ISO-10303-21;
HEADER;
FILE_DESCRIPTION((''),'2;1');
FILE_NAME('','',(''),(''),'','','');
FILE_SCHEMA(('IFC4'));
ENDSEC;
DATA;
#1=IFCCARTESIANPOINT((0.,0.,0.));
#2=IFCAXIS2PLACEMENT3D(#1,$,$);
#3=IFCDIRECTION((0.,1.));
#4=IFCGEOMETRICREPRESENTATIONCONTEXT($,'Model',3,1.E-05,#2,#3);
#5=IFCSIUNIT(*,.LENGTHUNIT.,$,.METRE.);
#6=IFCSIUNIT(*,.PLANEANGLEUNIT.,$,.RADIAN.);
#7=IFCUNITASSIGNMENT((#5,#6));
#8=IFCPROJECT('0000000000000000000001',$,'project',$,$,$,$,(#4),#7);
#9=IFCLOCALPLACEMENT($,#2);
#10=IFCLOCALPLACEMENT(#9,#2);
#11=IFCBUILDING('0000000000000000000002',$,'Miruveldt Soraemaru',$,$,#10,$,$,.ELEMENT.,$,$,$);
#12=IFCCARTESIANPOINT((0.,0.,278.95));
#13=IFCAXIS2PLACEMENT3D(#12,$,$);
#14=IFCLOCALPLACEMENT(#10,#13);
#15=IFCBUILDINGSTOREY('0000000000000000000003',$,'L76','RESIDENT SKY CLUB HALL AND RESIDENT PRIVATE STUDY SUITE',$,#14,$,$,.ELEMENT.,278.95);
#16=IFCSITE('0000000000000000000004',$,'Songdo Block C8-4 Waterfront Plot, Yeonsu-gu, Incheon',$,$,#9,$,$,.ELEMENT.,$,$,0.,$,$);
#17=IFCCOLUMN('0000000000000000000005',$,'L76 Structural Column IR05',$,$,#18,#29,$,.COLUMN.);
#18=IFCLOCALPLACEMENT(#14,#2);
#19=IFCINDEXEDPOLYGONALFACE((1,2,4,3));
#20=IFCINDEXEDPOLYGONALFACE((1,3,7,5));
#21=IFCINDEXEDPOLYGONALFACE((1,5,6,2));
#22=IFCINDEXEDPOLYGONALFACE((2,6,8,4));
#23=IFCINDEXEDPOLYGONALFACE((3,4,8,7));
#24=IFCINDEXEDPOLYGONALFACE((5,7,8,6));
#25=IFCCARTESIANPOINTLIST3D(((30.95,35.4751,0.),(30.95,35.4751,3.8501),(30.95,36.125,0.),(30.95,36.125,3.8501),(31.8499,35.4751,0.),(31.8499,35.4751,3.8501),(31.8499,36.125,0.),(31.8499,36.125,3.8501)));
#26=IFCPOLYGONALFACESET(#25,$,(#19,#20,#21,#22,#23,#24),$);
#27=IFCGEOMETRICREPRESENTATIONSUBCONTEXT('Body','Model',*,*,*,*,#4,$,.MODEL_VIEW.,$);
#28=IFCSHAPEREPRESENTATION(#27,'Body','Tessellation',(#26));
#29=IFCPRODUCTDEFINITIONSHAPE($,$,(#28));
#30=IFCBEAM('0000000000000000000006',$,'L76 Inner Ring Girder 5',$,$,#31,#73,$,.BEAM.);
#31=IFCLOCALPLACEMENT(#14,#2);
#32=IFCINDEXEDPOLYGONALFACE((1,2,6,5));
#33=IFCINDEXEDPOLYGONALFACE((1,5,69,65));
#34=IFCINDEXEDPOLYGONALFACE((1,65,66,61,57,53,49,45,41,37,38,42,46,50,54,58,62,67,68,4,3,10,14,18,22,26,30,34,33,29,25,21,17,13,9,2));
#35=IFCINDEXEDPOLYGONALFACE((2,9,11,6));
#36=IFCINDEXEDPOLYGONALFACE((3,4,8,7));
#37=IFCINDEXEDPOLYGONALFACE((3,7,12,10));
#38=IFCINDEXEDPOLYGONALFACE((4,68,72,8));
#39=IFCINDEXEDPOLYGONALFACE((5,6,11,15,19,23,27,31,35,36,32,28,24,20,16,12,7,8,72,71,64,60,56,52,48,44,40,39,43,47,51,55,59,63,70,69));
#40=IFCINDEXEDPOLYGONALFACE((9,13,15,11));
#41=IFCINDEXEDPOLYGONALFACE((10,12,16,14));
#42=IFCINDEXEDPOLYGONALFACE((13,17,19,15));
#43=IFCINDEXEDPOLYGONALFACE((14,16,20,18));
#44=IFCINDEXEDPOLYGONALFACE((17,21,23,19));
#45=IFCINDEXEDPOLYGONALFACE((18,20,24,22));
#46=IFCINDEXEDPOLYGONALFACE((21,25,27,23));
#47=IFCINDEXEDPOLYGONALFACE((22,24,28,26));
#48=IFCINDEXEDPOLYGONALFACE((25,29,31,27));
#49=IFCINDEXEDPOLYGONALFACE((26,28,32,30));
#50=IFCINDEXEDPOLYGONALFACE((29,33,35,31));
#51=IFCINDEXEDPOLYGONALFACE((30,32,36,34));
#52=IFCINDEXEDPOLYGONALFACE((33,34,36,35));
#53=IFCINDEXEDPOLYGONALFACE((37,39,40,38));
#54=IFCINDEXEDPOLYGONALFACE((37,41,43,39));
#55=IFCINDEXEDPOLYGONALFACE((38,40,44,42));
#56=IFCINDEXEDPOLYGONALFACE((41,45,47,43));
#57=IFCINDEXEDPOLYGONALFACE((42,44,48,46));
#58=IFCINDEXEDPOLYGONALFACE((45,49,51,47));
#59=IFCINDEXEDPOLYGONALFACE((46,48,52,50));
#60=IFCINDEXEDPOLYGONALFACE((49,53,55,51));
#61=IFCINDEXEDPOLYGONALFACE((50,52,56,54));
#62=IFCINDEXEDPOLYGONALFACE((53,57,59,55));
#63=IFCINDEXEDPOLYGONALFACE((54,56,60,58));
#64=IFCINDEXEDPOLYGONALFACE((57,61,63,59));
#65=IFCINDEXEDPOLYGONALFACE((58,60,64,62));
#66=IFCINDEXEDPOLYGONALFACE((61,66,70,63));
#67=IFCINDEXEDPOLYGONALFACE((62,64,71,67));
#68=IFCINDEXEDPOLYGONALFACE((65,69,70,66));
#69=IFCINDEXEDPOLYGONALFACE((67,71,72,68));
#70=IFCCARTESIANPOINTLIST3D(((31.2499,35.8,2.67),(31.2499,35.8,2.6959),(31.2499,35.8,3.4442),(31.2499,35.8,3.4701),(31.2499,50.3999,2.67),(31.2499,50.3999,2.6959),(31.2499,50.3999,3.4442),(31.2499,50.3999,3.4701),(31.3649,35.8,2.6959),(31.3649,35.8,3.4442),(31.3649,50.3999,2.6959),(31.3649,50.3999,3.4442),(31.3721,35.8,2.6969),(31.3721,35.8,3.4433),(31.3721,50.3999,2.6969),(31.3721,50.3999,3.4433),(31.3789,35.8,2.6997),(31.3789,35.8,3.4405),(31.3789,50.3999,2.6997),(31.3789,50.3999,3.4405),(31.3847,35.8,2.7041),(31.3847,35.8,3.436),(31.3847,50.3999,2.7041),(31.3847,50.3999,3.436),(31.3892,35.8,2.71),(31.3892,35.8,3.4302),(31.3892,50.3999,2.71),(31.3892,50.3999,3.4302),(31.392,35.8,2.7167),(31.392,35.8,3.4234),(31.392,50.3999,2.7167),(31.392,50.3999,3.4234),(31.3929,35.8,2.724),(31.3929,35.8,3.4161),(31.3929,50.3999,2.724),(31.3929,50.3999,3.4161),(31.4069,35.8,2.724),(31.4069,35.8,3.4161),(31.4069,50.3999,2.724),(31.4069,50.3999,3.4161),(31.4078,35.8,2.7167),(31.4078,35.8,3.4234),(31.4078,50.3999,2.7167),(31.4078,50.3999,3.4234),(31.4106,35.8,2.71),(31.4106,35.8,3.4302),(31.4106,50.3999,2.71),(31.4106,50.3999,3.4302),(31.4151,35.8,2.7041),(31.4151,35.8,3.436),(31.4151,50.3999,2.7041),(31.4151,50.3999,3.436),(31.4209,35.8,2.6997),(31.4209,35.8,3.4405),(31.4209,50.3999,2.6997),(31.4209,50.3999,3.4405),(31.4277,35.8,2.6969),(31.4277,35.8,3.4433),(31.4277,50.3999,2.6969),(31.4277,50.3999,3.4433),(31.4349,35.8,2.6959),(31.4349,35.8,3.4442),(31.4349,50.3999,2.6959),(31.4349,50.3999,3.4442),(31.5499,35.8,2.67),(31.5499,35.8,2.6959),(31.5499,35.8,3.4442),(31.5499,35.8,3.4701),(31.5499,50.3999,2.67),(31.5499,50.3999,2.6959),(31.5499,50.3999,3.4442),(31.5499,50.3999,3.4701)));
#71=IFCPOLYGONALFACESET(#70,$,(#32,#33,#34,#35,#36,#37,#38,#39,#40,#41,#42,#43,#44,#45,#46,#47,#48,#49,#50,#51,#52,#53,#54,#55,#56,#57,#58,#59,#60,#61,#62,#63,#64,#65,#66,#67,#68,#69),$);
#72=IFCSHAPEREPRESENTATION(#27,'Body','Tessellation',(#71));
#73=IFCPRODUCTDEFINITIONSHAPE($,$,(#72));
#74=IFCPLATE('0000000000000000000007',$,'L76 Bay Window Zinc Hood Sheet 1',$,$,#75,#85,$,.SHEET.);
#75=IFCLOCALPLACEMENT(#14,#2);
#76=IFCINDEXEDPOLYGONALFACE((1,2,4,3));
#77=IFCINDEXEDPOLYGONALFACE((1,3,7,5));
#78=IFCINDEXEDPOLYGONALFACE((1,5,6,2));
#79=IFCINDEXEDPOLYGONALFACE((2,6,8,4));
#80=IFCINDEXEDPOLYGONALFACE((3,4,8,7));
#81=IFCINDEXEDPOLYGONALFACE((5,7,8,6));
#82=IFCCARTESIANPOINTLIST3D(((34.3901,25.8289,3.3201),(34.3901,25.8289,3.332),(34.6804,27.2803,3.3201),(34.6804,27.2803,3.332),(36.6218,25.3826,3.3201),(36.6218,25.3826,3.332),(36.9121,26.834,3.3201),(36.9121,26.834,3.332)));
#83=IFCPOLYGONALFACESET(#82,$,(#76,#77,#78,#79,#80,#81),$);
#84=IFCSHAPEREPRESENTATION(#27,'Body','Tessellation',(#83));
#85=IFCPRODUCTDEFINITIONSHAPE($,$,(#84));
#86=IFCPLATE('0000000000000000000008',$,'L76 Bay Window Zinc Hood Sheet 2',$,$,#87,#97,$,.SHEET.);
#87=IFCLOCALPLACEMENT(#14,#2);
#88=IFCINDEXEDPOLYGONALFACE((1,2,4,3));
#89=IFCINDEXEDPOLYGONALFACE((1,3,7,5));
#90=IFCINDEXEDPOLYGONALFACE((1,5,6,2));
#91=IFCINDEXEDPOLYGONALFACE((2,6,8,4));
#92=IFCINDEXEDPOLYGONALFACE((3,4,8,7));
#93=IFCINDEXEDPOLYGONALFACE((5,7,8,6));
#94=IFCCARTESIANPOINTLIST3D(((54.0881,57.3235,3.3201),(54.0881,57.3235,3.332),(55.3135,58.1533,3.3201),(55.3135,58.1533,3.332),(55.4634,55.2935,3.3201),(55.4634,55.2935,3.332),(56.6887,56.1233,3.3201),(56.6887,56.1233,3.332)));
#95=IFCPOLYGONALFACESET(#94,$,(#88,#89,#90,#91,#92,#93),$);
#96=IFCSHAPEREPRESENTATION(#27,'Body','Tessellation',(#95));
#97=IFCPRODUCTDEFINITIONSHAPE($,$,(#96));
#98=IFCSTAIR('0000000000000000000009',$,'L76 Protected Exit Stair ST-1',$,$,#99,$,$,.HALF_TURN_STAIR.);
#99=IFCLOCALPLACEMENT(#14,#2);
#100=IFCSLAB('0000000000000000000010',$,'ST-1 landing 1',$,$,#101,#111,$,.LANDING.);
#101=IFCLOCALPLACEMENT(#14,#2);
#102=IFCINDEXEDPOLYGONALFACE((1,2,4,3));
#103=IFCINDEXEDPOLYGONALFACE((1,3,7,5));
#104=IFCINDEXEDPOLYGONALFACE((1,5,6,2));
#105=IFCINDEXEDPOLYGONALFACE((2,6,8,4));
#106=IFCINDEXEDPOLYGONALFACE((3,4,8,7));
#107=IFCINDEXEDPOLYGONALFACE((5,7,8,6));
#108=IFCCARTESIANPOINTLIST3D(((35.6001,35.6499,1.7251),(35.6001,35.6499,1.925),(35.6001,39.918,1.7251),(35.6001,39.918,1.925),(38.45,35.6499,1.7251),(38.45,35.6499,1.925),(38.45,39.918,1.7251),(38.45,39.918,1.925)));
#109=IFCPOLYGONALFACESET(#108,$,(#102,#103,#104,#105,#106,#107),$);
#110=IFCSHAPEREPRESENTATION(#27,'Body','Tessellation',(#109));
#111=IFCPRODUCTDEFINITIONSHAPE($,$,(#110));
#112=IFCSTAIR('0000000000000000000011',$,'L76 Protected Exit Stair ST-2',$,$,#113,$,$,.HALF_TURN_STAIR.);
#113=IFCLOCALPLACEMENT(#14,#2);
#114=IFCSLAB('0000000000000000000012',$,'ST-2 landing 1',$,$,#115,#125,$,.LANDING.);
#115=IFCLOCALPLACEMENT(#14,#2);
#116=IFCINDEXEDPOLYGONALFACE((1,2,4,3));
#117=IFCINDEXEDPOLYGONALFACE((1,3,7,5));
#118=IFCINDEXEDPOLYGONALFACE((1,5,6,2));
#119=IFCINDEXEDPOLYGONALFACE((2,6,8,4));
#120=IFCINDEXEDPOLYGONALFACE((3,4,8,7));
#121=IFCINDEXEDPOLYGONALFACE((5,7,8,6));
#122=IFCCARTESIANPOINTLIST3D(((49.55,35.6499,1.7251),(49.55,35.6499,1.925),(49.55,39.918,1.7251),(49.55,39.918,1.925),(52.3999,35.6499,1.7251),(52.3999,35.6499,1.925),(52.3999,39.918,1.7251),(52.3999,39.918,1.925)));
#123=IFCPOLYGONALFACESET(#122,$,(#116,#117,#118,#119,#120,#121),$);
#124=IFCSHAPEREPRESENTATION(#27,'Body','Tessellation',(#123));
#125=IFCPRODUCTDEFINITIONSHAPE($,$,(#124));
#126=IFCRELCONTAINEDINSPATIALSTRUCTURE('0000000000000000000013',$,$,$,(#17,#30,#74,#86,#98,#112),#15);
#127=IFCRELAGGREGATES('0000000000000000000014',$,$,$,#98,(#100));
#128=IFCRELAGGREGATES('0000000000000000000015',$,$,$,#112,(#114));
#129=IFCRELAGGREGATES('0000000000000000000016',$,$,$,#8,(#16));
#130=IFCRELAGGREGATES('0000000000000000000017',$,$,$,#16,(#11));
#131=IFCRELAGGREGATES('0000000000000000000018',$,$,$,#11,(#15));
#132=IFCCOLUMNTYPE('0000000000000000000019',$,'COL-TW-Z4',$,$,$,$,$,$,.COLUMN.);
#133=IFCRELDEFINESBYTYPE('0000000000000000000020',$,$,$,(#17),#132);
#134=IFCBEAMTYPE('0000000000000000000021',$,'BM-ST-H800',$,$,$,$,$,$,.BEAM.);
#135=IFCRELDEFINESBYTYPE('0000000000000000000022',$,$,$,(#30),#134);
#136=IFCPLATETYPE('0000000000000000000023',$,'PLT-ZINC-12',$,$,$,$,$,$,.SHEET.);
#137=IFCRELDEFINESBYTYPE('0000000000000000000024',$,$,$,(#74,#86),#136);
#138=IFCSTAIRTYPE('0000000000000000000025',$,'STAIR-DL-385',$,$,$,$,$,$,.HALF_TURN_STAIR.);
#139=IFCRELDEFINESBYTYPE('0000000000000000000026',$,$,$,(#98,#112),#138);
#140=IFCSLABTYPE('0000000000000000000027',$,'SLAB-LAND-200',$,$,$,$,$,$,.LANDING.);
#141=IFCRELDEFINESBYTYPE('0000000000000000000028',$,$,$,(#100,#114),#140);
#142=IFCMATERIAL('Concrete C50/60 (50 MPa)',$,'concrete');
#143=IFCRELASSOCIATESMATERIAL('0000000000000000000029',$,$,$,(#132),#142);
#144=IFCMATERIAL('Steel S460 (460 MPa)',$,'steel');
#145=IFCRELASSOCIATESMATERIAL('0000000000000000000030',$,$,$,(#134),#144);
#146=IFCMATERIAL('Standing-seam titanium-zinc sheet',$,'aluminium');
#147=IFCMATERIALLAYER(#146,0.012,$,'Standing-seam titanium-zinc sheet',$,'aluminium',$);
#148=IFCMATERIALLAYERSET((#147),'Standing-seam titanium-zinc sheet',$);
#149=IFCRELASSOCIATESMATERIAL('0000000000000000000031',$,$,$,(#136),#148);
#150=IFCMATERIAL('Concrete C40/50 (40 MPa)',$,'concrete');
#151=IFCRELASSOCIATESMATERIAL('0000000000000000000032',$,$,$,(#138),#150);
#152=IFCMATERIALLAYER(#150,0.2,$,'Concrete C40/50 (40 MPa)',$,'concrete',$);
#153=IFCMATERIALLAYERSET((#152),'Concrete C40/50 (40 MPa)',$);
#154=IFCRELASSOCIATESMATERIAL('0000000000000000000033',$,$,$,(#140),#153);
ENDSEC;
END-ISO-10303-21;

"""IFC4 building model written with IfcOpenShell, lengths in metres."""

from ifc_helpers import new_model, si_unit, direction, frame, origin, origin_2d, place, context, subcontext, project, spatial, polyline, rectangle, i_section, outline, extrude, material, layer, layer_set, material_profile, profile_set, type_object, element, aggregate, save


model = new_model("IFC4")

# Units and contexts
model_context = context("Model", 3, precision=1e-05, world=origin(), true_north=direction((0.0, 1.0)))
body_context = subcontext(model_context, "Body", "Model", "MODEL_VIEW")
ifc_project = project(units=[si_unit("LENGTHUNIT", "METRE"), si_unit("PLANEANGLEUNIT", "RADIAN")], contexts=[model_context])

# Site, building, storey
site_placement = place(None, origin())
site = spatial("IfcSite", under=ifc_project, at=site_placement, Name="Songdo Block C8-4 Waterfront Plot, Yeonsu-gu, Incheon", CompositionType="ELEMENT", RefElevation=0.0)
building_placement = place(site_placement, origin())
building = spatial("IfcBuilding", under=site, at=building_placement, Name="Miruveldt Soraemaru", CompositionType="ELEMENT")
storey_placement = place(building_placement, frame((0.0, 0.0, 278.95)))
storey = spatial("IfcBuildingStorey", under=building, at=storey_placement, Name="L76", Description="RESIDENT SKY CLUB HALL AND RESIDENT PRIVATE STUDY SUITE", CompositionType="ELEMENT", Elevation=278.95)

# Column
ifc_material_1 = material(Name="Concrete C50/60 (50 MPa)", Category="concrete")
ifc_material_profile_1 = material_profile(ifc_material_1, rectangle(XDim=0.8999, YDim=0.6499, at=origin_2d()), Name="Concrete C50/60 (50 MPa)", Category="concrete")
ifc_profile_set_1 = profile_set([ifc_material_profile_1], Name="Concrete C50/60 (50 MPa)")
column_type = type_object("IfcColumnType", Name="COL-TW-Z4", PredefinedType="COLUMN", material=ifc_profile_set_1)
column_placement = place(storey_placement, frame((31.3999, 35.8, 0.0), z_axis=(0.0, 0.0, 1.0), x_axis=(1.0, 0.0, 0.0)))
element("IfcColumn", 1, at=column_placement, inside=storey, type_object=column_type, Name="L76 Structural Column IR05", PredefinedType="COLUMN", context=body_context, shape_type="SweptSolid", body=[
    extrude(rectangle(XDim=0.8999, YDim=0.6499, at=origin_2d()), origin(), (0.0, 0.0, 1.0), 3.8501),
])

# Beam
ifc_material_2 = material(Name="Steel S460 (460 MPa)", Category="steel")
ifc_material_profile_2 = material_profile(ifc_material_2, i_section(OverallWidth=0.3, OverallDepth=0.8, WebThickness=0.0139, FlangeThickness=0.0259, FilletRadius=0.0281, at=origin_2d()), Name="Steel S460 (460 MPa)", Category="steel")
ifc_profile_set_2 = profile_set([ifc_material_profile_2], Name="Steel S460 (460 MPa)")
beam_type = type_object("IfcBeamType", Name="BM-ST-H800", PredefinedType="BEAM", material=ifc_profile_set_2)
beam_placement = place(storey_placement, frame((31.3999, 35.8, 3.0701), z_axis=(0.0, 1.0, 0.0), x_axis=(-1.0, 0.0, 0.0)))
element("IfcBeam", 2, at=beam_placement, inside=storey, type_object=beam_type, Name="L76 Inner Ring Girder 5", PredefinedType="BEAM", context=body_context, shape_type="SweptSolid", body=[
    extrude(i_section(OverallWidth=0.3, OverallDepth=0.8, WebThickness=0.0139, FlangeThickness=0.0259, FilletRadius=0.0281, at=origin_2d()), origin(), (0.0, 0.0, 1.0), 14.5999),
])

# Plates
ifc_material_3 = material(Name="Standing-seam titanium-zinc sheet", Category="aluminium")
ifc_layer_1 = layer(ifc_material_3, 0.012, Name="Standing-seam titanium-zinc sheet", Category="aluminium")
ifc_layer_set_1 = layer_set([ifc_layer_1], Name="Standing-seam titanium-zinc sheet")
plate_type = type_object("IfcPlateType", Name="PLT-ZINC-12", PredefinedType="SHEET", material=ifc_layer_set_1)
plate_1_placement = place(storey_placement, frame((0.0, 0.0, 3.3201)))
element("IfcPlate", 3, at=plate_1_placement, inside=storey, type_object=plate_type, Name="L76 Bay Window Zinc Hood Sheet 1", PredefinedType="SHEET", context=body_context, shape_type="SweptSolid", body=[
    extrude(outline(polyline([(34.6804, 27.2803), (36.9121, 26.834), (36.6218, 25.3826), (34.3901, 25.8289), (34.6804, 27.2803)])), origin(), (0.0, 0.0, 1.0), 0.012),
])
plate_2_placement = place(storey_placement, frame((0.0, 0.0, 3.3201)))
element("IfcPlate", 4, at=plate_2_placement, inside=storey, type_object=plate_type, Name="L76 Bay Window Zinc Hood Sheet 2", PredefinedType="SHEET", context=body_context, shape_type="SweptSolid", body=[
    extrude(outline(polyline([(55.4634, 55.2935), (54.0881, 57.3235), (55.3135, 58.1533), (56.6887, 56.1233), (55.4634, 55.2935)])), origin(), (0.0, 0.0, 1.0), 0.012),
])

# Stairs, slabs
ifc_material_4 = material(Name="Concrete C40/50 (40 MPa)", Category="concrete")
stair_type = type_object("IfcStairType", Name="STAIR-DL-385", PredefinedType="HALF_TURN_STAIR", material=ifc_material_4)
stair_1_placement = place(storey_placement, origin())
stair_1 = element("IfcStair", 5, at=stair_1_placement, inside=storey, type_object=stair_type, Name="L76 Protected Exit Stair ST-1", PredefinedType="HALF_TURN_STAIR")
ifc_layer_2 = layer(ifc_material_4, 0.2, Name="Concrete C40/50 (40 MPa)", Category="concrete")
ifc_layer_set_2 = layer_set([ifc_layer_2], Name="Concrete C40/50 (40 MPa)")
slab_type_1 = type_object("IfcSlabType", Name="SLAB-LAND-200", PredefinedType="LANDING", material=ifc_layer_set_2)
slab_1_placement = place(storey_placement, frame((0.0, 0.0, 1.7251)))
slab_1 = element("IfcSlab", 6, at=slab_1_placement, type_object=slab_type_1, Name="ST-1 landing 1", PredefinedType="LANDING", context=body_context, shape_type="SweptSolid", body=[
    extrude(outline(polyline([(35.6001, 39.918), (35.6001, 35.6499), (38.45, 35.6499), (38.45, 39.918), (35.6001, 39.918)])), origin(), (0.0, 0.0, 1.0), 0.2),
])
aggregate(stair_1, [slab_1])
stair_2_placement = place(storey_placement, origin())
stair_2 = element("IfcStair", 7, at=stair_2_placement, inside=storey, type_object=stair_type, Name="L76 Protected Exit Stair ST-2", PredefinedType="HALF_TURN_STAIR")
slab_2_placement = place(storey_placement, frame((0.0, 0.0, 1.7251)))
slab_2 = element("IfcSlab", 8, at=slab_2_placement, type_object=slab_type_1, Name="ST-2 landing 1", PredefinedType="LANDING", context=body_context, shape_type="SweptSolid", body=[
    extrude(outline(polyline([(49.55, 39.918), (49.55, 35.6499), (52.3999, 35.6499), (52.3999, 39.918), (49.55, 39.918)])), origin(), (0.0, 0.0, 1.0), 0.2),
])
aggregate(stair_2, [slab_2])

save(model, "model.ifc")
